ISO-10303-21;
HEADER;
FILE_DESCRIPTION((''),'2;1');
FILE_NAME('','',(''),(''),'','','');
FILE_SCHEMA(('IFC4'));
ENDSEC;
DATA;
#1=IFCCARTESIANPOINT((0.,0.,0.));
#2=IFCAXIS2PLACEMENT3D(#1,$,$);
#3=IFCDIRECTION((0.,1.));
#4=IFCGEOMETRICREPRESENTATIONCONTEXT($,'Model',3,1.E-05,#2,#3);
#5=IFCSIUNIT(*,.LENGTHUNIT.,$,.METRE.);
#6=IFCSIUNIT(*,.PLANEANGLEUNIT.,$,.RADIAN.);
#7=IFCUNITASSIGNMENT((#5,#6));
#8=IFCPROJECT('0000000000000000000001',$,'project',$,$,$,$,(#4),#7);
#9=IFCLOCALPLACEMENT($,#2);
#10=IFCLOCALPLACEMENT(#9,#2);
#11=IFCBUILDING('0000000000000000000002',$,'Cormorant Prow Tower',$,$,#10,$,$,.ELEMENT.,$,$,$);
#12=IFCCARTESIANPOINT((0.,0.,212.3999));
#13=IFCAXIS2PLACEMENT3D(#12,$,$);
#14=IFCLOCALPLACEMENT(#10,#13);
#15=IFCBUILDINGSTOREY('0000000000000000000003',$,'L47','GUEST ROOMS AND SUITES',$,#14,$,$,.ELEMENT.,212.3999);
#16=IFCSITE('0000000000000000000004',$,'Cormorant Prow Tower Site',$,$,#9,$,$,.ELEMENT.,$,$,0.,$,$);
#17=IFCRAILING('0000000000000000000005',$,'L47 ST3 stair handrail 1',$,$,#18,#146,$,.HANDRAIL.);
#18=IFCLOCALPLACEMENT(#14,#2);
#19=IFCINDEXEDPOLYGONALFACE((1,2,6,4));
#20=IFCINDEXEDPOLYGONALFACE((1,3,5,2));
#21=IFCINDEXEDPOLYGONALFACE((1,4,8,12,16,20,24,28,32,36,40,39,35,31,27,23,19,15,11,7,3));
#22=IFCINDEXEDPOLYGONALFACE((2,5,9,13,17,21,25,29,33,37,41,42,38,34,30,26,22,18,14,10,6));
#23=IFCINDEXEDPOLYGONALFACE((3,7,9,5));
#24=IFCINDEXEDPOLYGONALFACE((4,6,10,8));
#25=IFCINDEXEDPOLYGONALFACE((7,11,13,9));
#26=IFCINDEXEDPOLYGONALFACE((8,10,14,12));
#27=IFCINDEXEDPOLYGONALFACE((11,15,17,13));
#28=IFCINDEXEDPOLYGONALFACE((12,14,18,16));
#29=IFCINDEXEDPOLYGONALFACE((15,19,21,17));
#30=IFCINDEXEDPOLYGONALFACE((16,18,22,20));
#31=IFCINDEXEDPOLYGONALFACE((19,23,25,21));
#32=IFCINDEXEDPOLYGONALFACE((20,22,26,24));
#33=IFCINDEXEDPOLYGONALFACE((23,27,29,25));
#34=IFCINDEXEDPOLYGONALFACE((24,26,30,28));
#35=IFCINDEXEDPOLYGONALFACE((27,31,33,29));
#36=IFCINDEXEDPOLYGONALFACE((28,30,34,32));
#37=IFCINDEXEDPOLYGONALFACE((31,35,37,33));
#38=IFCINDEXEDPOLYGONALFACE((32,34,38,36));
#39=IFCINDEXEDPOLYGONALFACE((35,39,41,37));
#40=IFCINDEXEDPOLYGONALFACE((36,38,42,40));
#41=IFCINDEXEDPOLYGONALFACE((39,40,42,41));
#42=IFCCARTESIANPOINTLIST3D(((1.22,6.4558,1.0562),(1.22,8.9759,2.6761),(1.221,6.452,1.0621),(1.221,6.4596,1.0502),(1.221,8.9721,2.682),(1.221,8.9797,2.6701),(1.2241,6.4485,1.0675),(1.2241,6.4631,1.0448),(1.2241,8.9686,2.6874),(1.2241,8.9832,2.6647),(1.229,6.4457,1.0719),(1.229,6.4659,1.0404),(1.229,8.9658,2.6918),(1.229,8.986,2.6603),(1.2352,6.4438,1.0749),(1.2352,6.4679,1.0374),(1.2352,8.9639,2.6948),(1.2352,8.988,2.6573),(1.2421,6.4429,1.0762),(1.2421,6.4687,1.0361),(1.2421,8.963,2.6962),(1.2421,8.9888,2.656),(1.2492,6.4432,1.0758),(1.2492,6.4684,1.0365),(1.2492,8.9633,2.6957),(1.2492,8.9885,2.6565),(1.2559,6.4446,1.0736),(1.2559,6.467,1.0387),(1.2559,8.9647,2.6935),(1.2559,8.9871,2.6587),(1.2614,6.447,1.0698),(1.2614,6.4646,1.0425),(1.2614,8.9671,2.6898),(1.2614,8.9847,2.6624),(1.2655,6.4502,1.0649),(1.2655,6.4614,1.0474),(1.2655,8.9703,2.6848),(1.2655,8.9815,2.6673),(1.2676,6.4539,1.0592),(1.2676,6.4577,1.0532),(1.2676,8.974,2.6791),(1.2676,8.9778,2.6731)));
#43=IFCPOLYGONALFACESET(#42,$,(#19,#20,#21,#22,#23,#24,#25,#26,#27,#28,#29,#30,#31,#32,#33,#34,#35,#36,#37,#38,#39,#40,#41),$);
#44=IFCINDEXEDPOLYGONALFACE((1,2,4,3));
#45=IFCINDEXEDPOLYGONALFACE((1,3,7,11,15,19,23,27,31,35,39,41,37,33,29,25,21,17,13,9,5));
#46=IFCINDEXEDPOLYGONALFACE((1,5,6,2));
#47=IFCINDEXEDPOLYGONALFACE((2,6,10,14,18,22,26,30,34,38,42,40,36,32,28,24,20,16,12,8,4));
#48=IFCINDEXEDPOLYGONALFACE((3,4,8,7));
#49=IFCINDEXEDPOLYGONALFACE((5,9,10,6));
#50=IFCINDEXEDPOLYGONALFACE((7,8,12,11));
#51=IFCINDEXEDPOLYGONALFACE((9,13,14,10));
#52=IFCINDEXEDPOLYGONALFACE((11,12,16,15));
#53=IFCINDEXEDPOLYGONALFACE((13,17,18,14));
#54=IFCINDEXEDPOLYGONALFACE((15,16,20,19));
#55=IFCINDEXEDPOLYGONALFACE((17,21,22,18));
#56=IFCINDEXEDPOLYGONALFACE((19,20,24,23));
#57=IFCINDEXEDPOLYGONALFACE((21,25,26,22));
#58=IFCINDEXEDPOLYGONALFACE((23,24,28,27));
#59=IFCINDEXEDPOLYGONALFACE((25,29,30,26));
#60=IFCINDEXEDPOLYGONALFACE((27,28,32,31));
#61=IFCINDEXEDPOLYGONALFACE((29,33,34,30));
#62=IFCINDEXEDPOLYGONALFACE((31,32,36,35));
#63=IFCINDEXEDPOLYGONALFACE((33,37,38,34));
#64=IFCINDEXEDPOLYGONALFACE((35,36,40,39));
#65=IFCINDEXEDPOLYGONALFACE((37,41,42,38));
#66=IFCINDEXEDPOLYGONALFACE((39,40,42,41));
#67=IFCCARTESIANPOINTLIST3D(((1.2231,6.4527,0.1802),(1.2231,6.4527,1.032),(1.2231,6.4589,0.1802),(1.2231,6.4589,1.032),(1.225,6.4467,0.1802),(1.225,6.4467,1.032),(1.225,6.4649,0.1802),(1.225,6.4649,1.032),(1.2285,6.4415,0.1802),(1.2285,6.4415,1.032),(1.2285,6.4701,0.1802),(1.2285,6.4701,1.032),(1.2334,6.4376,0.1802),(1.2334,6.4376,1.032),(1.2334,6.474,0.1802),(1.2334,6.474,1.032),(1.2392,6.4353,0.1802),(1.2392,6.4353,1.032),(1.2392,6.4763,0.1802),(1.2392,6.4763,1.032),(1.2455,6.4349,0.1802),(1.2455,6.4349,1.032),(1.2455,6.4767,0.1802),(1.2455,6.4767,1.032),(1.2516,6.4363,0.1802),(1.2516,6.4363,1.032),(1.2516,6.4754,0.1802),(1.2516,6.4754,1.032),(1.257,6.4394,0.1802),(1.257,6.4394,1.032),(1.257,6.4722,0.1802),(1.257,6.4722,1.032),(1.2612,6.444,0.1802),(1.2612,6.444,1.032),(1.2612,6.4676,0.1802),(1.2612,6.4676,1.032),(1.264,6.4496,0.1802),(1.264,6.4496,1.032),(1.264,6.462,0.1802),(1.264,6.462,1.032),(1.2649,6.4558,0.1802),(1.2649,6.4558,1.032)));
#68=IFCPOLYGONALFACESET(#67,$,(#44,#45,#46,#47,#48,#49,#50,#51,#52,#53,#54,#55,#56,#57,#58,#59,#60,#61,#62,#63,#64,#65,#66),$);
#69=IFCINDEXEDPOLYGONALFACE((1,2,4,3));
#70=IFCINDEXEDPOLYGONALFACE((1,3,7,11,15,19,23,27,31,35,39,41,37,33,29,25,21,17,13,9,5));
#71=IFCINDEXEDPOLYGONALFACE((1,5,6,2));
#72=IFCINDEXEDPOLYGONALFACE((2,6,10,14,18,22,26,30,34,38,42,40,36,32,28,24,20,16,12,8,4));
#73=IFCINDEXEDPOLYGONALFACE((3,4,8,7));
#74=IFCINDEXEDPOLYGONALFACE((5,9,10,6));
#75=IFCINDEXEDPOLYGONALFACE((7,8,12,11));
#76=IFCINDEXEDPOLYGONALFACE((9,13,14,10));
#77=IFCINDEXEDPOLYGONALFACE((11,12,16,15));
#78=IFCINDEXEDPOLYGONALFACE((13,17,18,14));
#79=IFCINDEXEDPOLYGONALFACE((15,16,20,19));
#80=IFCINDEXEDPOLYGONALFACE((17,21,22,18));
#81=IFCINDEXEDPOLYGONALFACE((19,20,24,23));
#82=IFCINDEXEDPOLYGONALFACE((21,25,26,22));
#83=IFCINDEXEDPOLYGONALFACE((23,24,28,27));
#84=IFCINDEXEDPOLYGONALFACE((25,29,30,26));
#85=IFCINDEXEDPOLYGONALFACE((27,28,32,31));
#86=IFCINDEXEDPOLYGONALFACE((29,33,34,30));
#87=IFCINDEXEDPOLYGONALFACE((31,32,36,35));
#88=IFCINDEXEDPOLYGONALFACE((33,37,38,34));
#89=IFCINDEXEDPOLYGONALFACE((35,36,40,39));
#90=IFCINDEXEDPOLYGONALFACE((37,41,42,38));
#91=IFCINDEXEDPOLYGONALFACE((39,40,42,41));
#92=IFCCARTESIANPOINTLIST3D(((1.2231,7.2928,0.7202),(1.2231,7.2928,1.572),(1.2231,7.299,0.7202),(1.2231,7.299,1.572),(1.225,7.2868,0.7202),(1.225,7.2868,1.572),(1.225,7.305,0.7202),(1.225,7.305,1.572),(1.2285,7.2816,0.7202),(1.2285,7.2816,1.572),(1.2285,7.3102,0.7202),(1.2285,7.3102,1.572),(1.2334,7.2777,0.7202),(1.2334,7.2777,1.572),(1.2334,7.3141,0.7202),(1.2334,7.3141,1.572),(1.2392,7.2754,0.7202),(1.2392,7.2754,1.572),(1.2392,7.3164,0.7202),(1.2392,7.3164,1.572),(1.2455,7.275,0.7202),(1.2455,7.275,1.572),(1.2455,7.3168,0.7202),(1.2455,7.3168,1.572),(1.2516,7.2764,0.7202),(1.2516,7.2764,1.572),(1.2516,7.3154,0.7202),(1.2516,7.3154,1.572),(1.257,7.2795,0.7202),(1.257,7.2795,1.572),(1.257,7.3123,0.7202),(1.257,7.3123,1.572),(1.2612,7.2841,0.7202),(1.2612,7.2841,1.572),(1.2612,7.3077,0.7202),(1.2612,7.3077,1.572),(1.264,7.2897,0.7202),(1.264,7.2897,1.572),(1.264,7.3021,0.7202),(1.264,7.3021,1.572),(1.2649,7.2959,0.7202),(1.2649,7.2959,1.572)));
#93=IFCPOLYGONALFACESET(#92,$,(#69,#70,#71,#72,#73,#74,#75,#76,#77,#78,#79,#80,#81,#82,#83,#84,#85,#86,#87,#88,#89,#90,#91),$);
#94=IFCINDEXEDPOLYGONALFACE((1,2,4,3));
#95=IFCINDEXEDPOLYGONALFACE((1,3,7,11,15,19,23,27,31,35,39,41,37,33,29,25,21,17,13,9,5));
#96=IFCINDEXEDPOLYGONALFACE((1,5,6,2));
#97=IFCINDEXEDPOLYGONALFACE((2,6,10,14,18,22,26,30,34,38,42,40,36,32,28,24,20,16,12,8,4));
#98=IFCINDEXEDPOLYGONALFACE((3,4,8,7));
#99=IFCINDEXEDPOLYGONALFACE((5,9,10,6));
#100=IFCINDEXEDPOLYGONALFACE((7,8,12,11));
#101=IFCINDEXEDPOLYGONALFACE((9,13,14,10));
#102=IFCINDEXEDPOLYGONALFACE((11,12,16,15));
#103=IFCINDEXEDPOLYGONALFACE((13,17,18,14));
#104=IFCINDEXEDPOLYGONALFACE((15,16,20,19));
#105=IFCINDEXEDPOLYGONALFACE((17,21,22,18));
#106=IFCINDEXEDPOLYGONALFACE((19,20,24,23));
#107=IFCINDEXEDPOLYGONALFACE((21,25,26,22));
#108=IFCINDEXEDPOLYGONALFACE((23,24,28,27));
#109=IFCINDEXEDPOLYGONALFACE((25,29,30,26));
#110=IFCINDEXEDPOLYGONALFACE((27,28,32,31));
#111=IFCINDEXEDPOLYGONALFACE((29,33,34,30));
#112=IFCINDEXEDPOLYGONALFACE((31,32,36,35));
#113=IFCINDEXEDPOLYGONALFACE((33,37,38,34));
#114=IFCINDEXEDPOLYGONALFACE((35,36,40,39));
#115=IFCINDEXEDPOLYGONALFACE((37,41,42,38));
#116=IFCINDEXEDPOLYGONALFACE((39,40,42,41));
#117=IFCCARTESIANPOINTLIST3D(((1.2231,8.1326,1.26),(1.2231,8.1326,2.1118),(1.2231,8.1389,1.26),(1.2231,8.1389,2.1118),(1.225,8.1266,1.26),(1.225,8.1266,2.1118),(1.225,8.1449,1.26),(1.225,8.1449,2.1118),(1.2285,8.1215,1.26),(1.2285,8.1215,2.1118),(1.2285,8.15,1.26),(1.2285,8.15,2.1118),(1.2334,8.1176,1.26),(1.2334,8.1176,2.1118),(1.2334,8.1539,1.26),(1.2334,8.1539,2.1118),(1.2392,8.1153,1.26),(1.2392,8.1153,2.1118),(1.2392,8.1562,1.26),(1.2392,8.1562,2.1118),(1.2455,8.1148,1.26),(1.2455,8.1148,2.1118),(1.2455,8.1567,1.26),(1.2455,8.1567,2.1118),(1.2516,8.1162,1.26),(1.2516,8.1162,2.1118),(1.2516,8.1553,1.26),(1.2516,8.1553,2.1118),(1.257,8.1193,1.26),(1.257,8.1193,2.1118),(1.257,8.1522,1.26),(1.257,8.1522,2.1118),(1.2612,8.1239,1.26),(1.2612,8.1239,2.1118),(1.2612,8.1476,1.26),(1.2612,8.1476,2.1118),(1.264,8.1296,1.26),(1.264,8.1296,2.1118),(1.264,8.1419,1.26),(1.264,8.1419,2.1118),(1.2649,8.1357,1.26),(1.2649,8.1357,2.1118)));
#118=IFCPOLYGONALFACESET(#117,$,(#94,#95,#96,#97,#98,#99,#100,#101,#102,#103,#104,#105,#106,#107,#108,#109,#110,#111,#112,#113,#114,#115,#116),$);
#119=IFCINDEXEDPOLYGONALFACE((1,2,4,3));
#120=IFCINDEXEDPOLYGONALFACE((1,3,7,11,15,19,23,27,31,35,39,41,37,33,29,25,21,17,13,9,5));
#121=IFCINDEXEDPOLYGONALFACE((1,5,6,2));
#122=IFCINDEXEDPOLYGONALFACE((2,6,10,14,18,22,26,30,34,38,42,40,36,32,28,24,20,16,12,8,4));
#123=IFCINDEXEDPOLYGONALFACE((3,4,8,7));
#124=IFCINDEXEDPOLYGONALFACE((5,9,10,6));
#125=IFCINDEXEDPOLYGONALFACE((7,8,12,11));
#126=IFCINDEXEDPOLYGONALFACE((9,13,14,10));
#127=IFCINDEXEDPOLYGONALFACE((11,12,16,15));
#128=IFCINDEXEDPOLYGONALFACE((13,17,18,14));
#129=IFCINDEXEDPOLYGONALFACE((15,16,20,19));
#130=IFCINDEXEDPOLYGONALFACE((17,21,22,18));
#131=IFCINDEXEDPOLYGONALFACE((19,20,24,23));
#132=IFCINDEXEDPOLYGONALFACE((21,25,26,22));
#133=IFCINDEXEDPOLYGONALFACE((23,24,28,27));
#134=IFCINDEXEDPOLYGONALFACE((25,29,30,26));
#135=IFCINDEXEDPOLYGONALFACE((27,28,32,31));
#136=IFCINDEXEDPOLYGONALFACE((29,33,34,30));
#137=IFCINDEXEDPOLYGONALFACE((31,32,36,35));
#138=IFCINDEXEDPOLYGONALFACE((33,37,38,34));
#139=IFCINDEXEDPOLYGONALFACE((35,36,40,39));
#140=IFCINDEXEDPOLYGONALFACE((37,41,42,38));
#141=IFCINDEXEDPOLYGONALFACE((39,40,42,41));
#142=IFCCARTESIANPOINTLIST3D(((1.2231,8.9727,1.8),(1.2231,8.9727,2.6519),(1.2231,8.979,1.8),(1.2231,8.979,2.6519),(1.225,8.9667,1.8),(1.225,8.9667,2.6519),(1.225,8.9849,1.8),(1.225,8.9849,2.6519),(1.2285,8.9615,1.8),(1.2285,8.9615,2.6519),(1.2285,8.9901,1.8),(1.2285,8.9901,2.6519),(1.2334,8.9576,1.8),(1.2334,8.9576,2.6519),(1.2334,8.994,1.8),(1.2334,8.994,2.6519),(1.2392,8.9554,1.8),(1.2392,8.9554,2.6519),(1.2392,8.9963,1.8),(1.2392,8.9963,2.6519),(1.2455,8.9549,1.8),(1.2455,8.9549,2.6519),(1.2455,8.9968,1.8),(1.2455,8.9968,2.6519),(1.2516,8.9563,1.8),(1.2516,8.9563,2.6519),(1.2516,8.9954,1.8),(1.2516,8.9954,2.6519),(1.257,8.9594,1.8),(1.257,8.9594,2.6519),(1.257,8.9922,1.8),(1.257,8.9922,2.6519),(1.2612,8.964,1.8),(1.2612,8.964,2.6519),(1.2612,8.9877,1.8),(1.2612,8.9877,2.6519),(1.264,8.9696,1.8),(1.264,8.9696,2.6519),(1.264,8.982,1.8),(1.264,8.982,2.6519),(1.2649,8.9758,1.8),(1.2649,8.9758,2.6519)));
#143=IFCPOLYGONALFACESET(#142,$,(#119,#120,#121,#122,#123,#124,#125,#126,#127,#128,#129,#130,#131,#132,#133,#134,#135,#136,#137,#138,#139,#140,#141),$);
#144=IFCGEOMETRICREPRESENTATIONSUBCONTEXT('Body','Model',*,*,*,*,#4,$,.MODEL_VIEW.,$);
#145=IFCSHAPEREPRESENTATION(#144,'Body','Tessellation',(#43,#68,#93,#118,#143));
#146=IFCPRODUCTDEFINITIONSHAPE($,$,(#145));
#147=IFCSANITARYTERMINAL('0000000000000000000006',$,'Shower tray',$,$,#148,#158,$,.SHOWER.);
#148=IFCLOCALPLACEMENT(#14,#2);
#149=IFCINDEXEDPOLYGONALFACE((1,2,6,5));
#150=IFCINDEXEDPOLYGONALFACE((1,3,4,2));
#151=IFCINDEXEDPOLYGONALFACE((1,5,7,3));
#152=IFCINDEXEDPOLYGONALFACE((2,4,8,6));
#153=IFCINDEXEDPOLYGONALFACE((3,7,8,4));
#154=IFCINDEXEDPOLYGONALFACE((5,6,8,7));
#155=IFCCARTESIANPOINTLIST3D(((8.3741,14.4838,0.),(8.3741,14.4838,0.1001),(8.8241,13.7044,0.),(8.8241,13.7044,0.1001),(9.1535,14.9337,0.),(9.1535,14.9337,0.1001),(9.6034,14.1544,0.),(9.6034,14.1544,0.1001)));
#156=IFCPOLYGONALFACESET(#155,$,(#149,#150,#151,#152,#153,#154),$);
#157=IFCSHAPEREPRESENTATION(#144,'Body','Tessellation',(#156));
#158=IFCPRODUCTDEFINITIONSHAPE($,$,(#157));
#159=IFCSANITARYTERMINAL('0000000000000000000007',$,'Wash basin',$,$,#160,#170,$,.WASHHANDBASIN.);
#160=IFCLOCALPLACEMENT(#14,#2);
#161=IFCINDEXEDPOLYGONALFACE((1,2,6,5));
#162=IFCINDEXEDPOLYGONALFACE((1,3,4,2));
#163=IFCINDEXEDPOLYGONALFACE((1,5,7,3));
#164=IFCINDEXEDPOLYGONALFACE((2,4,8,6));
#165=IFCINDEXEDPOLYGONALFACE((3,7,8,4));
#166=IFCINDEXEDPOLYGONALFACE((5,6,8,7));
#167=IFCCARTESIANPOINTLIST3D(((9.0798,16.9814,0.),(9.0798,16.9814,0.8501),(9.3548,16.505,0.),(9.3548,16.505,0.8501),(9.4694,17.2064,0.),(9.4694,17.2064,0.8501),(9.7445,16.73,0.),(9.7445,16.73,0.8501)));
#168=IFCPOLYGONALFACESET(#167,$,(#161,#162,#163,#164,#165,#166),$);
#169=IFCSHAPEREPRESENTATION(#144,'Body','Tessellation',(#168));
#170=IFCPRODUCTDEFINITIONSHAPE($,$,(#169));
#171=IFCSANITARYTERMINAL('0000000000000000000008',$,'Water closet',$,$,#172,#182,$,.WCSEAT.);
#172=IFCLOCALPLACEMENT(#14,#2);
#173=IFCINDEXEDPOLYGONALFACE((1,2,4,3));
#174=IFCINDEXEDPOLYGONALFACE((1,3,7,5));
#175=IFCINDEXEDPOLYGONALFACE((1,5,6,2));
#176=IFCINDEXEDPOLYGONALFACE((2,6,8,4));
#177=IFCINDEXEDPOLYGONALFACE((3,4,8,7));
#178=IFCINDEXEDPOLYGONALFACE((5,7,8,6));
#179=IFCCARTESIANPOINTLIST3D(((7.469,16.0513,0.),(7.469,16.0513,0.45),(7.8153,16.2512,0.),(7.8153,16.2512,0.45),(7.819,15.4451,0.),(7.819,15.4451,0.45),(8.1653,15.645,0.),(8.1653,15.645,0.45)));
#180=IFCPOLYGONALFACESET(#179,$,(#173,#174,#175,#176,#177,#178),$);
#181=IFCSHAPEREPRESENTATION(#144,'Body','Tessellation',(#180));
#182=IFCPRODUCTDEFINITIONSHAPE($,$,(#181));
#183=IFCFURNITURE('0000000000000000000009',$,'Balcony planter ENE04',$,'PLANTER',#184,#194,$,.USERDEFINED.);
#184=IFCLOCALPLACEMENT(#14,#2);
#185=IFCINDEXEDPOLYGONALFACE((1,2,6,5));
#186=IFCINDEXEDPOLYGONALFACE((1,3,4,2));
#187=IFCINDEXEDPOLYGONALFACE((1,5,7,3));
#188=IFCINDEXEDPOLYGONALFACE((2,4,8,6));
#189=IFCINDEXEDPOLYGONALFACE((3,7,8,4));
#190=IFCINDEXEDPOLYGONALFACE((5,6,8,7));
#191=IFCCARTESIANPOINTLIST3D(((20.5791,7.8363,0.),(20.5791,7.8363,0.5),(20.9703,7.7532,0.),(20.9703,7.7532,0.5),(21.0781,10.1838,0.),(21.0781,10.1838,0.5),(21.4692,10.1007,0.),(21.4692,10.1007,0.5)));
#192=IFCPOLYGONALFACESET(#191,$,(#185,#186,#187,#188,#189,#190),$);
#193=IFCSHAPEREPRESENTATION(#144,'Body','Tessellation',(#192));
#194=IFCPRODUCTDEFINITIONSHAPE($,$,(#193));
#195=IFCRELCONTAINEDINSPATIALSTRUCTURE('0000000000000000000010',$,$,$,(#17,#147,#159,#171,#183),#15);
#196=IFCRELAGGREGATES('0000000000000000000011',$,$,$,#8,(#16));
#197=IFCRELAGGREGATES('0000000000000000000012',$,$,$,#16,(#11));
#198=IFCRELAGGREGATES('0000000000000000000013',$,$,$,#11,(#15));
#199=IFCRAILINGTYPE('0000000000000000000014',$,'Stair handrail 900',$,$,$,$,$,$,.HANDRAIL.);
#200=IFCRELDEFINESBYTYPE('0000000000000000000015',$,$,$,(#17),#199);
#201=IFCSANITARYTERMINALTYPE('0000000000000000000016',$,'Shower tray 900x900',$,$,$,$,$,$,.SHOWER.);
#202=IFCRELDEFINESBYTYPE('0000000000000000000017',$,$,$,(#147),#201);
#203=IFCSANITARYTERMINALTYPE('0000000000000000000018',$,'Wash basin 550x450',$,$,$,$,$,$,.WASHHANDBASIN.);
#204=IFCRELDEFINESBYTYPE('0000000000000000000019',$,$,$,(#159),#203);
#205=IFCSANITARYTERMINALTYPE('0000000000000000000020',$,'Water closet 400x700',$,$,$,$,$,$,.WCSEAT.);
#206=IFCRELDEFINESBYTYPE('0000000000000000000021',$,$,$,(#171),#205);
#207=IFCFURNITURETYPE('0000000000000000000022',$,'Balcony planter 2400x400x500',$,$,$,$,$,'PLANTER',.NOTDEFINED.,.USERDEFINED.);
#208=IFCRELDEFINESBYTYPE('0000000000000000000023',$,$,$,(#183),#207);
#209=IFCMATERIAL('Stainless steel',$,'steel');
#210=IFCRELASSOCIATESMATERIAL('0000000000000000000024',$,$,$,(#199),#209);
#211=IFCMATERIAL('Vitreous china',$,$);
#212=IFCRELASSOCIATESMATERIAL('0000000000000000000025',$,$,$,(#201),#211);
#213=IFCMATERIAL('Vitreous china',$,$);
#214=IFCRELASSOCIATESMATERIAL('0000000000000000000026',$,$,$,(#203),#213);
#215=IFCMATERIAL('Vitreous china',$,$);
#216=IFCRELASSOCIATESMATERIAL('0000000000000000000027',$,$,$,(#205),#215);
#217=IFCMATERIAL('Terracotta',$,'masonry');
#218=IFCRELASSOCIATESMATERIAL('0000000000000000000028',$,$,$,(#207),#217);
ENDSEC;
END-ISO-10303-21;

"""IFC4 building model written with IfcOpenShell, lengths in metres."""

from ifc_helpers import new_model, si_unit, direction, frame, origin, origin_2d, place, context, subcontext, project, spatial, rectangle, circle, extrude, material, type_object, element, save


model = new_model("IFC4")

# Units and contexts
model_context = context("Model", 3, precision=1e-05, world=origin(), true_north=direction((0.0, 1.0)))
body_context = subcontext(model_context, "Body", "Model", "MODEL_VIEW")
ifc_project = project(units=[si_unit("LENGTHUNIT", "METRE"), si_unit("PLANEANGLEUNIT", "RADIAN")], contexts=[model_context])

# Site, building, storey
site_placement = place(None, origin())
site = spatial("IfcSite", under=ifc_project, at=site_placement, Name="Cormorant Prow Tower Site", CompositionType="ELEMENT", RefElevation=0.0)
building_placement = place(site_placement, origin())
building = spatial("IfcBuilding", under=site, at=building_placement, Name="Cormorant Prow Tower", CompositionType="ELEMENT")
storey_placement = place(building_placement, frame((0.0, 0.0, 212.3999)))
storey = spatial("IfcBuildingStorey", under=building, at=storey_placement, Name="L47", Description="GUEST ROOMS AND SUITES", CompositionType="ELEMENT", Elevation=212.3999)

# Railing
ifc_material_1 = material(Name="Stainless steel", Category="steel")
railing_type_1 = type_object("IfcRailingType", Name="Stair handrail 900", PredefinedType="HANDRAIL", material=ifc_material_1)
railing_1_placement = place(storey_placement, frame((1.2439, 6.4558, 0.1802)))
element("IfcRailing", 1, at=railing_1_placement, inside=storey, type_object=railing_type_1, Name="L47 ST3 stair handrail 1", PredefinedType="HANDRAIL", context=body_context, shape_type="SweptSolid", body=[
    extrude(circle(Radius=0.0239, at=origin_2d()), frame((0.0, 0.0, 0.876), z_axis=(0.0, 0.8412, 0.540725), x_axis=(-1.0, 0.0, 0.0)), (0.0, 0.0, 1.0), 2.9958),
    extrude(circle(Radius=0.021, at=origin_2d()), origin(), (0.0, 0.0, 1.0), 0.8518),
    extrude(circle(Radius=0.021, at=origin_2d()), frame((0.0, 0.8401, 0.54)), (0.0, 0.0, 1.0), 0.8518),
    extrude(circle(Radius=0.021, at=origin_2d()), frame((0.0, 1.6799, 1.0798)), (0.0, 0.0, 1.0), 0.8518),
    extrude(circle(Radius=0.021, at=origin_2d()), frame((0.0, 2.52, 1.6199)), (0.0, 0.0, 1.0), 0.8518),
])

# Sanitary terminals
ifc_material_2 = material(Name="Vitreous china")
sanitary_terminal_type_1 = type_object("IfcSanitaryTerminalType", Name="Shower tray 900x900", PredefinedType="SHOWER", material=ifc_material_2)
sanitary_terminal_1_placement = place(storey_placement, frame((8.9888, 14.3191, 0.0), z_axis=(0.0, 0.0, 1.0), x_axis=(-0.5, 0.866025, 0.0)))
element("IfcSanitaryTerminal", 2, at=sanitary_terminal_1_placement, inside=storey, type_object=sanitary_terminal_type_1, Name="Shower tray", PredefinedType="SHOWER", context=body_context, shape_type="SweptSolid", body=[
    extrude(rectangle(XDim=0.8999, YDim=0.8999, at=origin_2d()), origin(), (0.0, 0.0, 1.0), 0.1001),
])
ifc_material_3 = material(Name="Vitreous china")
sanitary_terminal_type_2 = type_object("IfcSanitaryTerminalType", Name="Wash basin 550x450", PredefinedType="WASHHANDBASIN", material=ifc_material_3)
sanitary_terminal_2_placement = place(storey_placement, frame((9.4121, 16.8557, 0.0), z_axis=(0.0, 0.0, 1.0), x_axis=(0.5, -0.866025, 0.0)))
element("IfcSanitaryTerminal", 3, at=sanitary_terminal_2_placement, inside=storey, type_object=sanitary_terminal_type_2, Name="Wash basin", PredefinedType="WASHHANDBASIN", context=body_context, shape_type="SweptSolid", body=[
    extrude(rectangle(XDim=0.55, YDim=0.45, at=origin_2d()), origin(), (0.0, 0.0, 1.0), 0.8501),
])
ifc_material_4 = material(Name="Vitreous china")
sanitary_terminal_type_3 = type_object("IfcSanitaryTerminalType", Name="Water closet 400x700", PredefinedType="WCSEAT", material=ifc_material_4)
sanitary_terminal_3_placement = place(storey_placement, frame((7.8171, 15.8481, 0.0), z_axis=(0.0, 0.0, 1.0), x_axis=(0.866025, 0.5, 0.0)))
element("IfcSanitaryTerminal", 4, at=sanitary_terminal_3_placement, inside=storey, type_object=sanitary_terminal_type_3, Name="Water closet", PredefinedType="WCSEAT", context=body_context, shape_type="SweptSolid", body=[
    extrude(rectangle(XDim=0.3999, YDim=0.7, at=origin_2d()), origin(), (0.0, 0.0, 1.0), 0.45),
])

# Furniture
ifc_material_5 = material(Name="Terracotta", Category="masonry")
furniture_type = type_object("IfcFurnitureType", Name="Balcony planter 2400x400x500", ElementType="PLANTER", AssemblyPlace="NOTDEFINED", PredefinedType="USERDEFINED", material=ifc_material_5)
furniture_placement = place(storey_placement, frame((21.0242, 8.9685, 0.0), z_axis=(0.0, 0.0, 1.0), x_axis=(0.207912, 0.978148, 0.0)))
element("IfcFurniture", 5, at=furniture_placement, inside=storey, type_object=furniture_type, Name="Balcony planter ENE04", ObjectType="PLANTER", PredefinedType="USERDEFINED", context=body_context, shape_type="SweptSolid", body=[
    extrude(rectangle(XDim=2.3999, YDim=0.3999, at=origin_2d()), origin(), (0.0, 0.0, 1.0), 0.5),
])

save(model, "model.ifc")
